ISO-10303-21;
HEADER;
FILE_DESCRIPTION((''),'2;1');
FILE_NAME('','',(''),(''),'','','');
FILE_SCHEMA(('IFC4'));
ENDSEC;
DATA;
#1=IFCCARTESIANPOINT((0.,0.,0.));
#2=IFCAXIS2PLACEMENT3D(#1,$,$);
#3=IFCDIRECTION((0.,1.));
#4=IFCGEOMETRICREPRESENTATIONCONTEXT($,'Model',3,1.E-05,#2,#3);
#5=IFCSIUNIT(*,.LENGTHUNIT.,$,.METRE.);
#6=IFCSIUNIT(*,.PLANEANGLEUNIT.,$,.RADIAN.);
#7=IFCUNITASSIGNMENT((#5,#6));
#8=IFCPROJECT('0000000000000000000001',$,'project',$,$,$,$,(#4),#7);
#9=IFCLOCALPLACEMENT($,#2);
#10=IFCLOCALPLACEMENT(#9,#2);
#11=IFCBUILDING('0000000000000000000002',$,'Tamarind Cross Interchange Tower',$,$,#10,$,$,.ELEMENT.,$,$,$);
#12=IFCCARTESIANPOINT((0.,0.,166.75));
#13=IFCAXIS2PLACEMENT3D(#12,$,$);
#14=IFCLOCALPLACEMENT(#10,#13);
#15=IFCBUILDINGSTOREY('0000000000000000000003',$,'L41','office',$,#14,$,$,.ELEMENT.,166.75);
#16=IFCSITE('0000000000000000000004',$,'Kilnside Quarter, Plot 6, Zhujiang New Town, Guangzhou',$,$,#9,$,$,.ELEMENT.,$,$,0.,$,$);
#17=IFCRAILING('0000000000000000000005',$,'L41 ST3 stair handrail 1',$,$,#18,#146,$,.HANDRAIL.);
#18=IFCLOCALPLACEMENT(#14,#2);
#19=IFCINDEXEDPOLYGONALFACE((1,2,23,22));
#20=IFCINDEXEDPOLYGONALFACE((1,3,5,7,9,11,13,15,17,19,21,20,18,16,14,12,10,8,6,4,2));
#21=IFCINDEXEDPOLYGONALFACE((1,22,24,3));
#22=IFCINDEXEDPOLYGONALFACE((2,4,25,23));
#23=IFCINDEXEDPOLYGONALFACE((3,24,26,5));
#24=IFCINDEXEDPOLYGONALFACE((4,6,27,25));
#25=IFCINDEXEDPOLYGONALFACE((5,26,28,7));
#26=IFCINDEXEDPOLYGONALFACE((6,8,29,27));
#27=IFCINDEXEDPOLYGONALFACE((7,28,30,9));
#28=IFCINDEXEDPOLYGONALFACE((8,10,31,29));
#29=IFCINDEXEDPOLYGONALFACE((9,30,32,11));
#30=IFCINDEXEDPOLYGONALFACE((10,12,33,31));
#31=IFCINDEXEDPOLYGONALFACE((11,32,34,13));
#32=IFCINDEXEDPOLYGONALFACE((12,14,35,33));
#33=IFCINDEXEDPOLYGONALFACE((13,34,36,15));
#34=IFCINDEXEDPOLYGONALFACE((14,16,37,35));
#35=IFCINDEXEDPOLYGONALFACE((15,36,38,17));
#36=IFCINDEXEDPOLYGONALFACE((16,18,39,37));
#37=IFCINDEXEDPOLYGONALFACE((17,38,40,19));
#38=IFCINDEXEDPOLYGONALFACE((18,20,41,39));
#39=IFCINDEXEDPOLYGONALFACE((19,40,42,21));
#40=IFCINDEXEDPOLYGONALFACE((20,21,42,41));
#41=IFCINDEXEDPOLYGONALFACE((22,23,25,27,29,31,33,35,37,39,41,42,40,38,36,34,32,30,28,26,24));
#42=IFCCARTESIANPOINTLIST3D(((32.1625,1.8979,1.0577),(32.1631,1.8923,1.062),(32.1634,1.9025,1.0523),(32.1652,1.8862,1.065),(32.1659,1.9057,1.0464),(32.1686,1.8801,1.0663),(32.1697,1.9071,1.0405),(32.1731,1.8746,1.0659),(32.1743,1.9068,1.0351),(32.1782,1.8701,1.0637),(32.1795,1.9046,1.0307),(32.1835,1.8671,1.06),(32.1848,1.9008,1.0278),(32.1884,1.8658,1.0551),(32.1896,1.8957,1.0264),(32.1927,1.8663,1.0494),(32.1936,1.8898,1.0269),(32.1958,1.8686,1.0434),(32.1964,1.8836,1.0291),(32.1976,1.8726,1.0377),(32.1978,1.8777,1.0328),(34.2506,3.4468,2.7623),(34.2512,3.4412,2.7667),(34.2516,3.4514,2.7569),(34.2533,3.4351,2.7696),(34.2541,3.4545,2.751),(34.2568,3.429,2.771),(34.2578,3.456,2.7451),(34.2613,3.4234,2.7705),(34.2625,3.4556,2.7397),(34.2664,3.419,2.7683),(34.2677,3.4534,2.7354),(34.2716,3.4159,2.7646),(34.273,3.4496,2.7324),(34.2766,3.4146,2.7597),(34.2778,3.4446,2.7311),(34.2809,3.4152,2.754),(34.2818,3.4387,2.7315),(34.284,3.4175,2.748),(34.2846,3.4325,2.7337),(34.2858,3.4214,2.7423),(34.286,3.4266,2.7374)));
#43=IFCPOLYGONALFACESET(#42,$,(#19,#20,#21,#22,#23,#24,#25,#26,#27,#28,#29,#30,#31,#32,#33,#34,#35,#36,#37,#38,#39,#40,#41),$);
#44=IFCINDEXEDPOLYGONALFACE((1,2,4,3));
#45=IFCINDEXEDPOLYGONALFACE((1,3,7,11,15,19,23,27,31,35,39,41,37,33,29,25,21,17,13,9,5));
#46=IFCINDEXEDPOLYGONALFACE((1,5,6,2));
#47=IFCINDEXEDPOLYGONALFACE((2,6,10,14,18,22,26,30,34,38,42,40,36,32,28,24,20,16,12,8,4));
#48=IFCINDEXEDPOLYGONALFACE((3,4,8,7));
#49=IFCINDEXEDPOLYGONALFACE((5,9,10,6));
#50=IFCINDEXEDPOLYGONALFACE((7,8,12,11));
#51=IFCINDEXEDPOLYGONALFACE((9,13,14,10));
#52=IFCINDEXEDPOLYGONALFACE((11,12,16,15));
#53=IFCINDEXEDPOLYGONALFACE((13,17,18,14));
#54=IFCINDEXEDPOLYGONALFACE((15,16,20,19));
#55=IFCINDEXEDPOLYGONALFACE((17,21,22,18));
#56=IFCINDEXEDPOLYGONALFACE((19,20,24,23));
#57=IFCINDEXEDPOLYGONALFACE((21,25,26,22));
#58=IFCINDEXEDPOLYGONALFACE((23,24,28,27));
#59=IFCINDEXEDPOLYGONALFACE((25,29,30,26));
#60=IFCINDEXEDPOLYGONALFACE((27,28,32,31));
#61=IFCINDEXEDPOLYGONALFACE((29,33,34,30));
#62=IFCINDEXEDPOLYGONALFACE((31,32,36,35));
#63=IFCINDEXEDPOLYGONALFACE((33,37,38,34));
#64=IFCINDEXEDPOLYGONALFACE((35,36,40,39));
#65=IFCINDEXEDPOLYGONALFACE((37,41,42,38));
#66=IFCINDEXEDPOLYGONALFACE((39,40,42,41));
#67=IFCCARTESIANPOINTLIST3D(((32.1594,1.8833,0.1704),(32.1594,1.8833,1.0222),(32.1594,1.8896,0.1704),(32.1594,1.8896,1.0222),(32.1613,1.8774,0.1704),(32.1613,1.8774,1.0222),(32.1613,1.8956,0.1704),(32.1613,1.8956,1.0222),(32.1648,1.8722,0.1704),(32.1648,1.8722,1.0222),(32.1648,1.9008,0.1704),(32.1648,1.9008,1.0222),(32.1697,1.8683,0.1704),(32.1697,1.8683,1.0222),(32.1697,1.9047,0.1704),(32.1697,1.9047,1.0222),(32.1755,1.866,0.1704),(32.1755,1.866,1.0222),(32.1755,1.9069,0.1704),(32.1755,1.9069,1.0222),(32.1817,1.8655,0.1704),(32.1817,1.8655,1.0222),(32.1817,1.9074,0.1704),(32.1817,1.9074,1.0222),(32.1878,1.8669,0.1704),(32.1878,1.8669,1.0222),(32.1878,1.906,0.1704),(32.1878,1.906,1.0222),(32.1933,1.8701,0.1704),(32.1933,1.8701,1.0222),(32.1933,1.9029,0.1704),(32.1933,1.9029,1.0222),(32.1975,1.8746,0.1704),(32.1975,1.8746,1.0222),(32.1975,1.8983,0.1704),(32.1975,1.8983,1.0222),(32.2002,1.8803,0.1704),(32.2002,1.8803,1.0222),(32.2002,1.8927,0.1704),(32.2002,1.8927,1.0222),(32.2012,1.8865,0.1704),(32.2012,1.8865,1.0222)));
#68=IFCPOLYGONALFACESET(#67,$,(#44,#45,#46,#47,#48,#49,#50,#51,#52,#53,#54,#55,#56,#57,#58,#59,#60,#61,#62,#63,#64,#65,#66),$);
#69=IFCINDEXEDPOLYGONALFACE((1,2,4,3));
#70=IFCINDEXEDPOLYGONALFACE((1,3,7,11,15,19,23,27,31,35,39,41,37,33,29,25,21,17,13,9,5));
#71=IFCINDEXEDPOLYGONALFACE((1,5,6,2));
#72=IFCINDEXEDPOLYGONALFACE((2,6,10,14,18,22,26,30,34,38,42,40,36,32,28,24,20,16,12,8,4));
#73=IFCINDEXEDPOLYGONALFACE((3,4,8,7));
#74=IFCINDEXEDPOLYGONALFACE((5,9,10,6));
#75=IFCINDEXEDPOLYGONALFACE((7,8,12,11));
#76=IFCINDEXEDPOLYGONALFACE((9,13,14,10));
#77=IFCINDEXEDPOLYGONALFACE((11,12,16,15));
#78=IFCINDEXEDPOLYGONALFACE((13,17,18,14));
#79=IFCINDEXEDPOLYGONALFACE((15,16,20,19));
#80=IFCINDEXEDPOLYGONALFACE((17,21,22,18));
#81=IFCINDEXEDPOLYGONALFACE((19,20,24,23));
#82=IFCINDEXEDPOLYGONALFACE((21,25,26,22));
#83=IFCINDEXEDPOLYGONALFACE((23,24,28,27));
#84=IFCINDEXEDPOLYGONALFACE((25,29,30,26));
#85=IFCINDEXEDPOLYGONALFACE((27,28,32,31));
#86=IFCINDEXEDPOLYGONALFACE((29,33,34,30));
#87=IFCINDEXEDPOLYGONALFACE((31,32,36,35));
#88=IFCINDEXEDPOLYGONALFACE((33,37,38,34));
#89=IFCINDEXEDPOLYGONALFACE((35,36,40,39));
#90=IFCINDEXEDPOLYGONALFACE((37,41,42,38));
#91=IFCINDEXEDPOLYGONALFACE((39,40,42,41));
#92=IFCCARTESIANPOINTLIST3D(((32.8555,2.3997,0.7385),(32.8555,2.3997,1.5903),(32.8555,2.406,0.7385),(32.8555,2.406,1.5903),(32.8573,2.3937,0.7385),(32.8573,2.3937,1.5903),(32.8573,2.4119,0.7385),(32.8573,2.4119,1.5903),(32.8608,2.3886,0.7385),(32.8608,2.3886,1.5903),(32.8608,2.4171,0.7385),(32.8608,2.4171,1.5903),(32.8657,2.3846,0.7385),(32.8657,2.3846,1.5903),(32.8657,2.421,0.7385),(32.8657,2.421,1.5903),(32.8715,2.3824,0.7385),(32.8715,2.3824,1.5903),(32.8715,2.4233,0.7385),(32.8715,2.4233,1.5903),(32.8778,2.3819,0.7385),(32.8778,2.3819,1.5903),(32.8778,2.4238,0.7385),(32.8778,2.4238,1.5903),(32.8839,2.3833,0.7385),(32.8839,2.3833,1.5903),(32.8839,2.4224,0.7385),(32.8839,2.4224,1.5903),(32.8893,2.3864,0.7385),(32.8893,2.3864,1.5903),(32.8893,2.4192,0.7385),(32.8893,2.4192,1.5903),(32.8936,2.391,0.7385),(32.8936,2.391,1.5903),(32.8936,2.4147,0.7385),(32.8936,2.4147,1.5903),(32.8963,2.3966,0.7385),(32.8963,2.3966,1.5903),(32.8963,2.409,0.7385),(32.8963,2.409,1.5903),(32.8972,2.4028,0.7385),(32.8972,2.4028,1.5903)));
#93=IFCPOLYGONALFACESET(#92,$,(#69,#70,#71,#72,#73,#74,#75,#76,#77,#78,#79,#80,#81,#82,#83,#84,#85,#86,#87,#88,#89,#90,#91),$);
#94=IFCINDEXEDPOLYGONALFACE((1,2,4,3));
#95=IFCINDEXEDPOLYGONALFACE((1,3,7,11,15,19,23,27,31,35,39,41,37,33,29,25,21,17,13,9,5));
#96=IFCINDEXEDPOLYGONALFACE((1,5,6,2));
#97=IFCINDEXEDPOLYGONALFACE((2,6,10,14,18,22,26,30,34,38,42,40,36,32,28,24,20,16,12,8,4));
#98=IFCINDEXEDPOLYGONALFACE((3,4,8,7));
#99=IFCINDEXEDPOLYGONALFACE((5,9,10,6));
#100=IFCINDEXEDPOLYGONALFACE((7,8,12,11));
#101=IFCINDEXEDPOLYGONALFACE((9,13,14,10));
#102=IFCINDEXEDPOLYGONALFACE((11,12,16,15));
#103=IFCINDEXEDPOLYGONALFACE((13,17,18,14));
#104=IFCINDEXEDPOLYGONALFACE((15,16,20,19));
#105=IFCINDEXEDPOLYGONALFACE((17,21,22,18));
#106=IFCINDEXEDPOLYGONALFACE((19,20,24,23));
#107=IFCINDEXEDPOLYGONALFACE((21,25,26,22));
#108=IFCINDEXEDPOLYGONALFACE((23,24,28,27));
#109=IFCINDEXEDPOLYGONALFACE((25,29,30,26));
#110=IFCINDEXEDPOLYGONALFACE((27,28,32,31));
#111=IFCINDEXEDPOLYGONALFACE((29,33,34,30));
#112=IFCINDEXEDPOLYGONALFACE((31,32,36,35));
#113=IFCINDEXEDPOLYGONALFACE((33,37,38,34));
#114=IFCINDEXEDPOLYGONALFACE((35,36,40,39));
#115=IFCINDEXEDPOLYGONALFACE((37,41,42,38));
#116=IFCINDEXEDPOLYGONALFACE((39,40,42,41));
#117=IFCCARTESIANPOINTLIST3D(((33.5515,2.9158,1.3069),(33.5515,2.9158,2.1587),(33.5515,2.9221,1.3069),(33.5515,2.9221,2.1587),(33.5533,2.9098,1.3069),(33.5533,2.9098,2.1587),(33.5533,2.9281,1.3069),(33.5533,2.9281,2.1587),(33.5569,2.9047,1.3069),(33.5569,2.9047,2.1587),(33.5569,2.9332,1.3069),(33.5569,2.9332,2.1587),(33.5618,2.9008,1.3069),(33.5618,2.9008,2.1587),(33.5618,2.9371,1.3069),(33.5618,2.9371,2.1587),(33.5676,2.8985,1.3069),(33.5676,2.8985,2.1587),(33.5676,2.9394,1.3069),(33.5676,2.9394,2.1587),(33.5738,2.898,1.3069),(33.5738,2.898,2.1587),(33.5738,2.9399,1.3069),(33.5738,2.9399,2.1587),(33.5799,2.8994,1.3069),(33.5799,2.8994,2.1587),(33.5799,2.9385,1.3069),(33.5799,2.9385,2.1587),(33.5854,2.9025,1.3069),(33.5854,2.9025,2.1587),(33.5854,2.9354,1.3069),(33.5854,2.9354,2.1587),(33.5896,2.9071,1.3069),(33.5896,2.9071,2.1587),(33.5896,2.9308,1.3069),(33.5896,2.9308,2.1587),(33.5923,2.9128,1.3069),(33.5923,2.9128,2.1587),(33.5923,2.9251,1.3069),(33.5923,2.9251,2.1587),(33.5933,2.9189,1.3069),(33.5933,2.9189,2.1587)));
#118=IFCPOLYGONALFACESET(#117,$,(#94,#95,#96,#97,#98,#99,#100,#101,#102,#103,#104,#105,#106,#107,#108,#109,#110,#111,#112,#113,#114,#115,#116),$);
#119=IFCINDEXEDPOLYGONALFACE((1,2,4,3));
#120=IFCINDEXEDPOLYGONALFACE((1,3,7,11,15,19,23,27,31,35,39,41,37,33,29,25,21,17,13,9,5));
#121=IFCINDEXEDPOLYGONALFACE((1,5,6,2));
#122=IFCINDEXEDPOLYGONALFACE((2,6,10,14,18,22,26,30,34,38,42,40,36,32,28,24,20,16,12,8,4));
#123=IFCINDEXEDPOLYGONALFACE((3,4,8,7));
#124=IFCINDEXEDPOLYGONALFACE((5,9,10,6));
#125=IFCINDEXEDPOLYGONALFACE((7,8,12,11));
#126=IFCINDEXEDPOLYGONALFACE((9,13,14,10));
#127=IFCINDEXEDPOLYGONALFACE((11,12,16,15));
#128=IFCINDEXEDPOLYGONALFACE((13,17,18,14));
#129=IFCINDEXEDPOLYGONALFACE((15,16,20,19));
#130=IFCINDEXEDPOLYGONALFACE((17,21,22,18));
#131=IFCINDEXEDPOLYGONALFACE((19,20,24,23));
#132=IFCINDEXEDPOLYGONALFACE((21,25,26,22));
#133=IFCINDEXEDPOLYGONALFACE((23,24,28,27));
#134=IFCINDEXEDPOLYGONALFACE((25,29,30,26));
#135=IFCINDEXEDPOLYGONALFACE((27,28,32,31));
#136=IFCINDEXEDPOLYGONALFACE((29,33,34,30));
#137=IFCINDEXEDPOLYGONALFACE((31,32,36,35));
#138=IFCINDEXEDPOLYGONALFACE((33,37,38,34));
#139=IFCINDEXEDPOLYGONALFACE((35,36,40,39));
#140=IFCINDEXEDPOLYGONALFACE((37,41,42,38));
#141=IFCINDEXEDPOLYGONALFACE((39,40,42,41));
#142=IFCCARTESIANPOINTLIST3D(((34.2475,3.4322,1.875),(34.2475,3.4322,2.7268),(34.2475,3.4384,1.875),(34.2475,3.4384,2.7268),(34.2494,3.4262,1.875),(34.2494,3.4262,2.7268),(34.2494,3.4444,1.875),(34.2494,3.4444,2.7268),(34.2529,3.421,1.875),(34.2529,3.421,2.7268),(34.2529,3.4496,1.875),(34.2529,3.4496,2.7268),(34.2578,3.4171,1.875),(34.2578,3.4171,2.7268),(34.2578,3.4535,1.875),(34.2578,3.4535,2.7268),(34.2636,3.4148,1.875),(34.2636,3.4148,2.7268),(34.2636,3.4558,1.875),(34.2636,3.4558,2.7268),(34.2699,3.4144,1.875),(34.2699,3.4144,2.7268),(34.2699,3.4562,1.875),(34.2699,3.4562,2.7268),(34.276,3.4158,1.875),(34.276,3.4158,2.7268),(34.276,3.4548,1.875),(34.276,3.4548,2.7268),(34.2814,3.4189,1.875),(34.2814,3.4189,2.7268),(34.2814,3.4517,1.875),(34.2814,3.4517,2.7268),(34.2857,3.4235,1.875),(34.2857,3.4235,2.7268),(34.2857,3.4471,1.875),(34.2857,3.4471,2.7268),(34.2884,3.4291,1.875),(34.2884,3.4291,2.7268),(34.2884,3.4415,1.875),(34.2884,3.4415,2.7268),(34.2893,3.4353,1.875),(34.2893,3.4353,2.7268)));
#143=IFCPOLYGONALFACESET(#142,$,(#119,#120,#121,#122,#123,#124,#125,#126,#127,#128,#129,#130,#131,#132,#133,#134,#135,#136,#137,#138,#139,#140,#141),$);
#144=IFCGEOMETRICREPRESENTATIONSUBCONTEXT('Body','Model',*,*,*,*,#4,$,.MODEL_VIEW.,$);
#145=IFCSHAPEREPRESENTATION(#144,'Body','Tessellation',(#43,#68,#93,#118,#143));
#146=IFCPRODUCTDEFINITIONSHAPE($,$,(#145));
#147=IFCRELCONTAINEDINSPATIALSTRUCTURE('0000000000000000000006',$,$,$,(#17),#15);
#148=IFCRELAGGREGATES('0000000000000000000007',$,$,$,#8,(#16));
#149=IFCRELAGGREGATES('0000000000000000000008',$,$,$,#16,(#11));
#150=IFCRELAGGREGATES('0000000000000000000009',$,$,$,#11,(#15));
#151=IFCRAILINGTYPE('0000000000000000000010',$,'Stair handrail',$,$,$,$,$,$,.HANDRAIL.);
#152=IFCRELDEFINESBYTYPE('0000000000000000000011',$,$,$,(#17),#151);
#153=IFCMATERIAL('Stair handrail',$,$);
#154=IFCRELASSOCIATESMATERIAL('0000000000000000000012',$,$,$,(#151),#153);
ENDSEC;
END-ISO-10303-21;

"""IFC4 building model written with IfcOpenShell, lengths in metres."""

from ifc_helpers import new_model, si_unit, direction, frame, origin, origin_2d, place, context, subcontext, project, spatial, circle, extrude, material, type_object, element, save


model = new_model("IFC4")

# Units and contexts
model_context = context("Model", 3, precision=1e-05, world=origin(), true_north=direction((0.0, 1.0)))
body_context = subcontext(model_context, "Body", "Model", "MODEL_VIEW")
ifc_project = project(units=[si_unit("LENGTHUNIT", "METRE"), si_unit("PLANEANGLEUNIT", "RADIAN")], contexts=[model_context])

# Site, building, storey
site_placement = place(None, origin())
site = spatial("IfcSite", under=ifc_project, at=site_placement, Name="Kilnside Quarter, Plot 6, Zhujiang New Town, Guangzhou", CompositionType="ELEMENT", RefElevation=0.0)
building_placement = place(site_placement, origin())
building = spatial("IfcBuilding", under=site, at=building_placement, Name="Tamarind Cross Interchange Tower", CompositionType="ELEMENT")
storey_placement = place(building_placement, frame((0.0, 0.0, 166.75)))
storey = spatial("IfcBuildingStorey", under=building, at=storey_placement, Name="L41", Description="office", CompositionType="ELEMENT", Elevation=166.75)

# Railing
ifc_material_1 = material(Name="Stair handrail")
railing_type_1 = type_object("IfcRailingType", Name="Stair handrail", PredefinedType="HANDRAIL", material=ifc_material_1)
railing_1_placement = place(storey_placement, frame((32.1802, 1.8865, 0.1704)))
element("IfcRailing", 1, at=railing_1_placement, inside=storey, type_object=railing_type_1, Name="L41 ST3 stair handrail 1", PredefinedType="HANDRAIL", context=body_context, shape_type="SweptSolid", body=[
    extrude(circle(Radius=0.0239, at=origin_2d()), frame((0.0, 0.0, 0.876), z_axis=(0.671679, 0.498203, 0.548307), x_axis=(-0.595739, 0.803178, 0.0)), (0.0, 0.0, 1.0), 3.1089),
    extrude(circle(Radius=0.021, at=origin_2d()), origin(), (0.0, 0.0, 1.0), 0.8518),
    extrude(circle(Radius=0.021, at=origin_2d()), frame((0.696, 0.5164, 0.5681)), (0.0, 0.0, 1.0), 0.8518),
    extrude(circle(Radius=0.021, at=origin_2d()), frame((1.3921, 1.0325, 1.1365)), (0.0, 0.0, 1.0), 0.8518),
    extrude(circle(Radius=0.021, at=origin_2d()), frame((2.0881, 1.5488, 1.7046)), (0.0, 0.0, 1.0), 0.8518),
])

save(model, "model.ifc")
